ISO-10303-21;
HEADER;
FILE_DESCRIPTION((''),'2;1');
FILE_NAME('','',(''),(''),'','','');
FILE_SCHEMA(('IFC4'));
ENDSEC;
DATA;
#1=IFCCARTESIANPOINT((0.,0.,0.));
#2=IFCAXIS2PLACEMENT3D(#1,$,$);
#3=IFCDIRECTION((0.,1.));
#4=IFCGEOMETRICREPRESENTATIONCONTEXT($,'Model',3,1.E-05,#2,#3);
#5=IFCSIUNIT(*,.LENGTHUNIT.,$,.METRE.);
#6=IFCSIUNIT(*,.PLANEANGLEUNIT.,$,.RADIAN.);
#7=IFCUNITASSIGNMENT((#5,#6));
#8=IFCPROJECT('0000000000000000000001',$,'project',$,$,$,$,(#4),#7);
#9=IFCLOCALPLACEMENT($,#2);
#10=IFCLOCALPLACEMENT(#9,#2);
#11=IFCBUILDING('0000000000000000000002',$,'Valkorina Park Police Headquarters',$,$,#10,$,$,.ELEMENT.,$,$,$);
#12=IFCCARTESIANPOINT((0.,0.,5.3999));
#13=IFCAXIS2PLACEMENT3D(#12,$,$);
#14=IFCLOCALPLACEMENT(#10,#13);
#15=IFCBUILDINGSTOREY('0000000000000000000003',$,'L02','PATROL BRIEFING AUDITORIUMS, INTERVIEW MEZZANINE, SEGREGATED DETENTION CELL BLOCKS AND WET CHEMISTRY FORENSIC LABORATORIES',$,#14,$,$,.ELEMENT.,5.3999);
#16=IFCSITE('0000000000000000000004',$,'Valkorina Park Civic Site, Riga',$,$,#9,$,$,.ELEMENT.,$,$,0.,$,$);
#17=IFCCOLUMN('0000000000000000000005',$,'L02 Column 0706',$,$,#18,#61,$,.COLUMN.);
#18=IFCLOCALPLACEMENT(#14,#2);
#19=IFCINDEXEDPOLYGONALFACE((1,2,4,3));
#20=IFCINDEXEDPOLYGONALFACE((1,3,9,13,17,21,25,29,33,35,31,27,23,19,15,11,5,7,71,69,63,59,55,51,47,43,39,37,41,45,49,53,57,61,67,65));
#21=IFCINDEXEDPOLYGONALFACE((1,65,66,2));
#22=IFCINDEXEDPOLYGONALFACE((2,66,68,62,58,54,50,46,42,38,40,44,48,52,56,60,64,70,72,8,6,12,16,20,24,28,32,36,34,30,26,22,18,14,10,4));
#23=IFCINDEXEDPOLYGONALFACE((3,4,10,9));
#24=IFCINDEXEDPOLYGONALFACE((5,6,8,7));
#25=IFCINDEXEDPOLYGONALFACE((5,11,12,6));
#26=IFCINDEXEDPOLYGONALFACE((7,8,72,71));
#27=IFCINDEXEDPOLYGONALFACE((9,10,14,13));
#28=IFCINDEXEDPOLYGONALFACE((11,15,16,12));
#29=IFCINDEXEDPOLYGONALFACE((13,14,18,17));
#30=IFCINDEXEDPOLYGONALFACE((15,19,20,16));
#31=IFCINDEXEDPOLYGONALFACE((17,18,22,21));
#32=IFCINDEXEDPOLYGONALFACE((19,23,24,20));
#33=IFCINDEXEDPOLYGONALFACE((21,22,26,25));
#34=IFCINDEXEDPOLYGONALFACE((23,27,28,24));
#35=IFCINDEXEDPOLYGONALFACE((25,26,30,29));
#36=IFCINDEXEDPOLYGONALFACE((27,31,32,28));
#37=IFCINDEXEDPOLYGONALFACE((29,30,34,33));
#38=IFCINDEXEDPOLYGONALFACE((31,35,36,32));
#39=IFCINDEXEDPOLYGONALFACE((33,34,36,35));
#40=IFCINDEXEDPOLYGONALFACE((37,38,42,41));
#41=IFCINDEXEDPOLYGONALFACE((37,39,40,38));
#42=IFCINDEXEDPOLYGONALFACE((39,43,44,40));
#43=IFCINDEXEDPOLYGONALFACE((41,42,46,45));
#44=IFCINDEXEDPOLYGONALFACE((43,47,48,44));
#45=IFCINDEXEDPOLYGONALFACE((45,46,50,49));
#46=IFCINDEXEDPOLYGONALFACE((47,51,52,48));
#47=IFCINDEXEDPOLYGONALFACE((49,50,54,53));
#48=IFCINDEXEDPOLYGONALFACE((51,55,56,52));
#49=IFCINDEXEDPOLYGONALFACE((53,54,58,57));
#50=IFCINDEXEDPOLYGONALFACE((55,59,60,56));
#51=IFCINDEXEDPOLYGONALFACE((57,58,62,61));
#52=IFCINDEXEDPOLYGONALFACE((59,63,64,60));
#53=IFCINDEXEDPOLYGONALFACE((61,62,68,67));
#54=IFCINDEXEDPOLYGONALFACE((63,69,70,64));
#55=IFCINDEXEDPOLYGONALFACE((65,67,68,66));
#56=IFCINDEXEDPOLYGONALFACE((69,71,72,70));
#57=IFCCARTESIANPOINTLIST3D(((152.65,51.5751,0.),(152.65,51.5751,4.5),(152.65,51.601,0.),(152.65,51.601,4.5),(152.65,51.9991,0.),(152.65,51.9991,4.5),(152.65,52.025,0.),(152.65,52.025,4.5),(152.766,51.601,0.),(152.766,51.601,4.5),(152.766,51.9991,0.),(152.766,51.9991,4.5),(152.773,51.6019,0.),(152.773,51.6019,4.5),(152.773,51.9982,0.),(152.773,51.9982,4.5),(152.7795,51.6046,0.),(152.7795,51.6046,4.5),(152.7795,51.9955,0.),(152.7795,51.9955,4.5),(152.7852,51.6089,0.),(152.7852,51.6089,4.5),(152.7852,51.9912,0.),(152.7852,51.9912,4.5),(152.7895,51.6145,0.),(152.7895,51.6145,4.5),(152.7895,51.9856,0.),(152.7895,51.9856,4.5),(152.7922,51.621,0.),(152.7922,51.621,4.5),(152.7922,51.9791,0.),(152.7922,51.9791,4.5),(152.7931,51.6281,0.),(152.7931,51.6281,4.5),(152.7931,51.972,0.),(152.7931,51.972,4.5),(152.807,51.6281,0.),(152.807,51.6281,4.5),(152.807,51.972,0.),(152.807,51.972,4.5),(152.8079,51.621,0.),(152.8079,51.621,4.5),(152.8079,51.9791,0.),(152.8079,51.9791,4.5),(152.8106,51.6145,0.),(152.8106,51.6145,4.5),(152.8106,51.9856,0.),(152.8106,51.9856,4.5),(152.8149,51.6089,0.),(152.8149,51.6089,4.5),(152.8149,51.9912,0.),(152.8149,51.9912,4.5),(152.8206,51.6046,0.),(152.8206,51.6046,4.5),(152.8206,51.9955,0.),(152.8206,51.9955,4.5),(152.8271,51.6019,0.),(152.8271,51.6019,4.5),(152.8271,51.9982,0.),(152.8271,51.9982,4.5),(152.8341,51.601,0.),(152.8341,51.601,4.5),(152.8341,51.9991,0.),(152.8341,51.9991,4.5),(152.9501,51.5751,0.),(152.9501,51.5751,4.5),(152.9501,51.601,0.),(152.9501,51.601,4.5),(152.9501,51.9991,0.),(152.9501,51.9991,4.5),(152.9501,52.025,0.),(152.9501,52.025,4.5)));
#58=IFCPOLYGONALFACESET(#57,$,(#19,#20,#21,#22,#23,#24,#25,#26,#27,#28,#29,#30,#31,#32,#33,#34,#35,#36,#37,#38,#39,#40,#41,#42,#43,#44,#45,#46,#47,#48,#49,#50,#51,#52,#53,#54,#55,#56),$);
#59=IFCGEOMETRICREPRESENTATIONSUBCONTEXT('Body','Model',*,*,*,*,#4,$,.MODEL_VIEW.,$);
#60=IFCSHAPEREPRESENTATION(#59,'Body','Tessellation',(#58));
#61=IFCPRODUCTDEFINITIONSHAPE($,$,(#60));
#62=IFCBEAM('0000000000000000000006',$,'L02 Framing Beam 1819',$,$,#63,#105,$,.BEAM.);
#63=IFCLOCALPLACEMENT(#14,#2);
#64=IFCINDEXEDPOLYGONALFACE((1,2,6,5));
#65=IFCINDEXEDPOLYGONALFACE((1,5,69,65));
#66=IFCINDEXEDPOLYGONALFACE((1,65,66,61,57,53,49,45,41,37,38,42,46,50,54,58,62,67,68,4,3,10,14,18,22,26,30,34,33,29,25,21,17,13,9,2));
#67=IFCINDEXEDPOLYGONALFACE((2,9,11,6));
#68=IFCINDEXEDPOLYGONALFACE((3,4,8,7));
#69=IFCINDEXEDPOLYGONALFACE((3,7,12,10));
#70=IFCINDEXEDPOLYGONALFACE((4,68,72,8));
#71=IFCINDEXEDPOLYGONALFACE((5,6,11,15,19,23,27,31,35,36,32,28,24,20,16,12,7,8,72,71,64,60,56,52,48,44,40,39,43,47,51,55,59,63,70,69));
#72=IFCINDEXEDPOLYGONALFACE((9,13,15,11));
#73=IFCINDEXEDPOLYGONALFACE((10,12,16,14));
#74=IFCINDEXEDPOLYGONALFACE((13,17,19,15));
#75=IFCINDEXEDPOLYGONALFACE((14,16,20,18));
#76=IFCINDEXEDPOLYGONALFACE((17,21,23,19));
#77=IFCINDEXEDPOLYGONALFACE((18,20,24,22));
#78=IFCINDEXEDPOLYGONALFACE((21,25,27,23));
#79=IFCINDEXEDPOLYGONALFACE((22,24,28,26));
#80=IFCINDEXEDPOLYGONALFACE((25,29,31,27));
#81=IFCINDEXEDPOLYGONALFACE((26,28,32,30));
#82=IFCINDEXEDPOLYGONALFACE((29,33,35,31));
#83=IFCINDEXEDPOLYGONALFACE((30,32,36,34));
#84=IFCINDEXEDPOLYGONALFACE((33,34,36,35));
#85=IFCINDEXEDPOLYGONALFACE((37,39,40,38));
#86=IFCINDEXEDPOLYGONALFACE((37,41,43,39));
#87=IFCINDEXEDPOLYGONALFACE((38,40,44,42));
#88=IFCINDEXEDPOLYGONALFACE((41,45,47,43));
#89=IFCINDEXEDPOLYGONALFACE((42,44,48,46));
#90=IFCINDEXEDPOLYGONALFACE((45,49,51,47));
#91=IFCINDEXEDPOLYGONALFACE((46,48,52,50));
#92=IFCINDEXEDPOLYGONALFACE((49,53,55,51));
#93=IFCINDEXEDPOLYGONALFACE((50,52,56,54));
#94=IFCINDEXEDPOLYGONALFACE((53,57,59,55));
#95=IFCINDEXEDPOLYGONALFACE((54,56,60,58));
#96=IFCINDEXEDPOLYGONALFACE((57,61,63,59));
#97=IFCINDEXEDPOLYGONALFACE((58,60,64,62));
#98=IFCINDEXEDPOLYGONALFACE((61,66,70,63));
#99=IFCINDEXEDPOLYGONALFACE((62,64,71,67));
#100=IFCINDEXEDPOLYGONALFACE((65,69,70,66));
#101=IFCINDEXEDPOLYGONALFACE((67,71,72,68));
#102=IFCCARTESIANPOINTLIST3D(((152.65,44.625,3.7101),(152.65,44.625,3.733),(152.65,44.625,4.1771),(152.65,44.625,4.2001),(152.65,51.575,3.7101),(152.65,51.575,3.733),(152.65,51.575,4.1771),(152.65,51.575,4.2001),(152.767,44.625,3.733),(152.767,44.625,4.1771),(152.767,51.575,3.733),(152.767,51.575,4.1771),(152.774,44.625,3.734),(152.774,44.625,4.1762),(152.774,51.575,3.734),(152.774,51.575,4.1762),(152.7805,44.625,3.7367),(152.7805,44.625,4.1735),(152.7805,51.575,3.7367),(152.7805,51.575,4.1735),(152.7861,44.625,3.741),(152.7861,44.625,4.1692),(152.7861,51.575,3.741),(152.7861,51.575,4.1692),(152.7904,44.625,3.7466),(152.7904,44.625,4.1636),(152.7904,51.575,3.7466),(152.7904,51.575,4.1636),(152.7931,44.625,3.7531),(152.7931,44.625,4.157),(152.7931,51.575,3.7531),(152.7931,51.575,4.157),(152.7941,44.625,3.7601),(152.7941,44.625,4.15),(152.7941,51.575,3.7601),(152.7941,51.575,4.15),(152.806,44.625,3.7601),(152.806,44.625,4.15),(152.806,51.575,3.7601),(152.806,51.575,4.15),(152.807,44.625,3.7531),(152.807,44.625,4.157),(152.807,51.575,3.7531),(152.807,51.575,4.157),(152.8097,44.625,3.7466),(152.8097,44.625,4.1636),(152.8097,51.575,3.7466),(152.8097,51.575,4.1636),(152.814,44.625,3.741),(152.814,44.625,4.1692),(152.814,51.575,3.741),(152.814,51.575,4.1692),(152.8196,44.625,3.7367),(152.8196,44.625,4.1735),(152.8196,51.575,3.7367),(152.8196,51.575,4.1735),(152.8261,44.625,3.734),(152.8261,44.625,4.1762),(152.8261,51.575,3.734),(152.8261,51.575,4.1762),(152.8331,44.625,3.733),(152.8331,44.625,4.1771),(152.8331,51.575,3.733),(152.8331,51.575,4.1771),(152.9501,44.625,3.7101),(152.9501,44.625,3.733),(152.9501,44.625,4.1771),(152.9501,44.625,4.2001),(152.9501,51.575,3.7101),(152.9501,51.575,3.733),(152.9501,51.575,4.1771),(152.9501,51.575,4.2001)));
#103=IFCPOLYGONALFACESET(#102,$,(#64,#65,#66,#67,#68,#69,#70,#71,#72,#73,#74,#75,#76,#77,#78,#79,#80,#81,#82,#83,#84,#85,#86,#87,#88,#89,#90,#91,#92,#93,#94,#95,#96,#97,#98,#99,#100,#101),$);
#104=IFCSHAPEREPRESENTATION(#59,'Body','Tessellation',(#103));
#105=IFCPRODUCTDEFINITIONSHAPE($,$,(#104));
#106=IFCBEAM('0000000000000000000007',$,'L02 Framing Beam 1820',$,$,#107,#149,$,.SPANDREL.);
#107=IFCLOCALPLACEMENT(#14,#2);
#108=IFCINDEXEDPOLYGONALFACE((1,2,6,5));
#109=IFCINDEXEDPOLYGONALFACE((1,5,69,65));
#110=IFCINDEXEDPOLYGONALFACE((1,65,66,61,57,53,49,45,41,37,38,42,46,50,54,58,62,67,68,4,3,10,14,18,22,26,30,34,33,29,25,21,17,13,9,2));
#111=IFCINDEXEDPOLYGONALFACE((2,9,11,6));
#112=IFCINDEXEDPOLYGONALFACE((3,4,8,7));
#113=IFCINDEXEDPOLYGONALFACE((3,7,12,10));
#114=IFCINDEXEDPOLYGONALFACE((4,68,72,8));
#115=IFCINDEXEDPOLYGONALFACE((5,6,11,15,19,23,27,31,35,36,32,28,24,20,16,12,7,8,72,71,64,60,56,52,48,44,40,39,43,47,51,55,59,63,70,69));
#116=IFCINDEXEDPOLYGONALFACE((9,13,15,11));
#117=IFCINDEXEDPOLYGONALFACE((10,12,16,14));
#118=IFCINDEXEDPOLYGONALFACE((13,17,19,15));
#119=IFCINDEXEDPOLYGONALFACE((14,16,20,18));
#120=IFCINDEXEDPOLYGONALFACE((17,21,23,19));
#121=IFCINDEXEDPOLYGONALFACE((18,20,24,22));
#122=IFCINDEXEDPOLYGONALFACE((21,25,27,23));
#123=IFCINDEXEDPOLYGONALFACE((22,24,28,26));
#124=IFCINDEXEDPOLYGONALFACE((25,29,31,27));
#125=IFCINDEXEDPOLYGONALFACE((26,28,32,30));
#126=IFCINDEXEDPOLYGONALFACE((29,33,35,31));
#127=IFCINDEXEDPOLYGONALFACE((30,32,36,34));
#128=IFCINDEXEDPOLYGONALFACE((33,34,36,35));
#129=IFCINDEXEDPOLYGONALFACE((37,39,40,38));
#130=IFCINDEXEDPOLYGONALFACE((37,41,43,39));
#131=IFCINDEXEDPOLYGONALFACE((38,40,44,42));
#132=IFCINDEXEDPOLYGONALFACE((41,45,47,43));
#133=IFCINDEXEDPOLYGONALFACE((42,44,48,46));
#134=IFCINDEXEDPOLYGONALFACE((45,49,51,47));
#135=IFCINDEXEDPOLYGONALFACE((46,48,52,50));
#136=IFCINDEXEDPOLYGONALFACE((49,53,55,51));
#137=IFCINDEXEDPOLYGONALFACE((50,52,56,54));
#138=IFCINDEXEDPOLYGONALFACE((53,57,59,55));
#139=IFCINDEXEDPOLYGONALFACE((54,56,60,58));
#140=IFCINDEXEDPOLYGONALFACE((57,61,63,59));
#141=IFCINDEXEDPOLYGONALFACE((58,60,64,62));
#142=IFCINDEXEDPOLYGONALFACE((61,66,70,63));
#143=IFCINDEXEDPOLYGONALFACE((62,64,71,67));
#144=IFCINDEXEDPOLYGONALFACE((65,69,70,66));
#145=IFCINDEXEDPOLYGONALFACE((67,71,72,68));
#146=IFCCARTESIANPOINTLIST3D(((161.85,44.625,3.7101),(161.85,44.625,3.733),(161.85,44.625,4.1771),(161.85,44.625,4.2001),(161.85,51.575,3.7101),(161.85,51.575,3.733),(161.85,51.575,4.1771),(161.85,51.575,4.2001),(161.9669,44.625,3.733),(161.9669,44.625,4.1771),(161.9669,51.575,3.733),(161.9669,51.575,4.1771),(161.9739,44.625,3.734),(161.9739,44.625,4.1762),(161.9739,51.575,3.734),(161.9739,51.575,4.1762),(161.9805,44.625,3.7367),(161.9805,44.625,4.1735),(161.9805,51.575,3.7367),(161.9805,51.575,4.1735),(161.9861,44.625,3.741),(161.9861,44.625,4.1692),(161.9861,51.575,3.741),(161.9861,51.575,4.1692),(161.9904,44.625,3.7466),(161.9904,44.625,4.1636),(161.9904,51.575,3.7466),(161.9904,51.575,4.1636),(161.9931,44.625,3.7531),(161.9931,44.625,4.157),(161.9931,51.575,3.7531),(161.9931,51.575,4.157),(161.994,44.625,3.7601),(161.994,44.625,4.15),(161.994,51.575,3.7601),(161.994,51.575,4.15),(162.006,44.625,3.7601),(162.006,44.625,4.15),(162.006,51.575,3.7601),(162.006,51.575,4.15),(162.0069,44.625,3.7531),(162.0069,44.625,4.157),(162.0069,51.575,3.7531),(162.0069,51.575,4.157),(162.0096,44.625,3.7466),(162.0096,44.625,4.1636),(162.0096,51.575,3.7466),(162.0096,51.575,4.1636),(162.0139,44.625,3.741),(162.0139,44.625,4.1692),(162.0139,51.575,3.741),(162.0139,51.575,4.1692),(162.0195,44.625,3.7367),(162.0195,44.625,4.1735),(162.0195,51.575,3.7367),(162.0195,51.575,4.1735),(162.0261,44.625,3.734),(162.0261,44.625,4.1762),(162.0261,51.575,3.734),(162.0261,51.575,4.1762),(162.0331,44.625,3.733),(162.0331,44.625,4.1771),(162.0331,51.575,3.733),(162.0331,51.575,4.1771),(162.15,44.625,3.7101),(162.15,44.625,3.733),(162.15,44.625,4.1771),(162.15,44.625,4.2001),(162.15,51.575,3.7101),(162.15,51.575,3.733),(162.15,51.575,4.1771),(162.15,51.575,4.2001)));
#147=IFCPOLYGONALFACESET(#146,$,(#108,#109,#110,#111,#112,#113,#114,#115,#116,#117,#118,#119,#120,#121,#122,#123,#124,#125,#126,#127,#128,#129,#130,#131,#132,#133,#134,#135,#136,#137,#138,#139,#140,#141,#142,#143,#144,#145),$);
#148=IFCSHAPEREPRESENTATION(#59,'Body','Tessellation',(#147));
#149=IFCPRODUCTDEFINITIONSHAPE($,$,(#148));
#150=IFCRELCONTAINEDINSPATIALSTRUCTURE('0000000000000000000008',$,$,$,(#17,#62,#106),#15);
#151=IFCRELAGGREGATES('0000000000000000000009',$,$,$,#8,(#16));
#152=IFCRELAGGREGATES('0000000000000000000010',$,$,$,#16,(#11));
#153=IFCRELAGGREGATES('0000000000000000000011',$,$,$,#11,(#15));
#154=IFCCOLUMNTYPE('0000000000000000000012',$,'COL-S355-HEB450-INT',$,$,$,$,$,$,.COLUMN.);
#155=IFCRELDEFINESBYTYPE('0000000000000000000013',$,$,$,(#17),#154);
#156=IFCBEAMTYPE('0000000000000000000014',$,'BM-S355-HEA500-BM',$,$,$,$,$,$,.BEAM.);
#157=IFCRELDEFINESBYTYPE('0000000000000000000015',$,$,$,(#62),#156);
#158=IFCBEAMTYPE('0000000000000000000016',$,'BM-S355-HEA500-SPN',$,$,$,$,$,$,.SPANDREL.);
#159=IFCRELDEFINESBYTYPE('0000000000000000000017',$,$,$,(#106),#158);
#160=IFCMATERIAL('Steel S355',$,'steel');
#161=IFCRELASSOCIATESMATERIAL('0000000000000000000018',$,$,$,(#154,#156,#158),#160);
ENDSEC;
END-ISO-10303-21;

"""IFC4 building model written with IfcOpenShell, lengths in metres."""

from ifc_helpers import new_model, si_unit, direction, frame, origin, origin_2d, place, context, subcontext, project, spatial, i_section, extrude, material, material_profile, profile_set, type_object, element, save


model = new_model("IFC4")

# Units and contexts
model_context = context("Model", 3, precision=1e-05, world=origin(), true_north=direction((0.0, 1.0)))
body_context = subcontext(model_context, "Body", "Model", "MODEL_VIEW")
ifc_project = project(units=[si_unit("LENGTHUNIT", "METRE"), si_unit("PLANEANGLEUNIT", "RADIAN")], contexts=[model_context])

# Site, building, storey
site_placement = place(None, origin())
site = spatial("IfcSite", under=ifc_project, at=site_placement, Name="Valkorina Park Civic Site, Riga", CompositionType="ELEMENT", RefElevation=0.0)
building_placement = place(site_placement, origin())
building = spatial("IfcBuilding", under=site, at=building_placement, Name="Valkorina Park Police Headquarters", CompositionType="ELEMENT")
storey_placement = place(building_placement, frame((0.0, 0.0, 5.3999)))
storey = spatial("IfcBuildingStorey", under=building, at=storey_placement, Name="L02", Description="PATROL BRIEFING AUDITORIUMS, INTERVIEW MEZZANINE, SEGREGATED DETENTION CELL BLOCKS AND WET CHEMISTRY FORENSIC LABORATORIES", CompositionType="ELEMENT", Elevation=5.3999)

# Column
ifc_material_1 = material(Name="Steel S355", Category="steel")
ifc_material_profile_1 = material_profile(ifc_material_1, i_section(OverallWidth=0.3, OverallDepth=0.45, WebThickness=0.0139, FlangeThickness=0.0259, FilletRadius=0.0271, at=origin_2d()), Name="HEB 450")
ifc_profile_set_1 = profile_set([ifc_material_profile_1], Name="Steel S355")
column_type = type_object("IfcColumnType", Name="COL-S355-HEB450-INT", PredefinedType="COLUMN", material=ifc_profile_set_1)
column_placement = place(storey_placement, frame((152.8, 51.8, 0.0), z_axis=(0.0, 0.0, 1.0), x_axis=(1.0, 0.0, 0.0)))
element("IfcColumn", 1, at=column_placement, inside=storey, type_object=column_type, Name="L02 Column 0706", PredefinedType="COLUMN", context=body_context, shape_type="SweptSolid", body=[
    extrude(i_section(OverallWidth=0.3, OverallDepth=0.45, WebThickness=0.0139, FlangeThickness=0.0259, FilletRadius=0.0271, at=origin_2d()), origin(), (0.0, 0.0, 1.0), 4.5),
])

# Beams
ifc_material_profile_2 = material_profile(ifc_material_1, i_section(OverallWidth=0.3, OverallDepth=0.49, WebThickness=0.012, FlangeThickness=0.0229, FilletRadius=0.0271, at=origin_2d()), Name="HEA 500")
ifc_profile_set_2 = profile_set([ifc_material_profile_2], Name="Steel S355")
beam_type_1 = type_object("IfcBeamType", Name="BM-S355-HEA500-BM", PredefinedType="BEAM", material=ifc_profile_set_2)
beam_1_placement = place(storey_placement, frame((152.8, 44.625, 3.9551), z_axis=(0.0, 1.0, 0.0), x_axis=(-1.0, 0.0, 0.0)))
element("IfcBeam", 2, at=beam_1_placement, inside=storey, type_object=beam_type_1, Name="L02 Framing Beam 1819", PredefinedType="BEAM", context=body_context, shape_type="SweptSolid", body=[
    extrude(i_section(OverallWidth=0.3, OverallDepth=0.49, WebThickness=0.012, FlangeThickness=0.0229, FilletRadius=0.0271, at=origin_2d()), origin(), (0.0, 0.0, 1.0), 6.95),
])
ifc_material_profile_3 = material_profile(ifc_material_1, i_section(OverallWidth=0.3, OverallDepth=0.49, WebThickness=0.012, FlangeThickness=0.0229, FilletRadius=0.0271, at=origin_2d()), Name="HEA 500")
ifc_profile_set_3 = profile_set([ifc_material_profile_3], Name="Steel S355")
beam_type_2 = type_object("IfcBeamType", Name="BM-S355-HEA500-SPN", PredefinedType="SPANDREL", material=ifc_profile_set_3)
beam_2_placement = place(storey_placement, frame((162.0, 44.625, 3.9551), z_axis=(0.0, 1.0, 0.0), x_axis=(-1.0, 0.0, 0.0)))
element("IfcBeam", 3, at=beam_2_placement, inside=storey, type_object=beam_type_2, Name="L02 Framing Beam 1820", PredefinedType="SPANDREL", context=body_context, shape_type="SweptSolid", body=[
    extrude(i_section(OverallWidth=0.3, OverallDepth=0.49, WebThickness=0.012, FlangeThickness=0.0229, FilletRadius=0.0271, at=origin_2d()), origin(), (0.0, 0.0, 1.0), 6.95),
])

save(model, "model.ifc")
